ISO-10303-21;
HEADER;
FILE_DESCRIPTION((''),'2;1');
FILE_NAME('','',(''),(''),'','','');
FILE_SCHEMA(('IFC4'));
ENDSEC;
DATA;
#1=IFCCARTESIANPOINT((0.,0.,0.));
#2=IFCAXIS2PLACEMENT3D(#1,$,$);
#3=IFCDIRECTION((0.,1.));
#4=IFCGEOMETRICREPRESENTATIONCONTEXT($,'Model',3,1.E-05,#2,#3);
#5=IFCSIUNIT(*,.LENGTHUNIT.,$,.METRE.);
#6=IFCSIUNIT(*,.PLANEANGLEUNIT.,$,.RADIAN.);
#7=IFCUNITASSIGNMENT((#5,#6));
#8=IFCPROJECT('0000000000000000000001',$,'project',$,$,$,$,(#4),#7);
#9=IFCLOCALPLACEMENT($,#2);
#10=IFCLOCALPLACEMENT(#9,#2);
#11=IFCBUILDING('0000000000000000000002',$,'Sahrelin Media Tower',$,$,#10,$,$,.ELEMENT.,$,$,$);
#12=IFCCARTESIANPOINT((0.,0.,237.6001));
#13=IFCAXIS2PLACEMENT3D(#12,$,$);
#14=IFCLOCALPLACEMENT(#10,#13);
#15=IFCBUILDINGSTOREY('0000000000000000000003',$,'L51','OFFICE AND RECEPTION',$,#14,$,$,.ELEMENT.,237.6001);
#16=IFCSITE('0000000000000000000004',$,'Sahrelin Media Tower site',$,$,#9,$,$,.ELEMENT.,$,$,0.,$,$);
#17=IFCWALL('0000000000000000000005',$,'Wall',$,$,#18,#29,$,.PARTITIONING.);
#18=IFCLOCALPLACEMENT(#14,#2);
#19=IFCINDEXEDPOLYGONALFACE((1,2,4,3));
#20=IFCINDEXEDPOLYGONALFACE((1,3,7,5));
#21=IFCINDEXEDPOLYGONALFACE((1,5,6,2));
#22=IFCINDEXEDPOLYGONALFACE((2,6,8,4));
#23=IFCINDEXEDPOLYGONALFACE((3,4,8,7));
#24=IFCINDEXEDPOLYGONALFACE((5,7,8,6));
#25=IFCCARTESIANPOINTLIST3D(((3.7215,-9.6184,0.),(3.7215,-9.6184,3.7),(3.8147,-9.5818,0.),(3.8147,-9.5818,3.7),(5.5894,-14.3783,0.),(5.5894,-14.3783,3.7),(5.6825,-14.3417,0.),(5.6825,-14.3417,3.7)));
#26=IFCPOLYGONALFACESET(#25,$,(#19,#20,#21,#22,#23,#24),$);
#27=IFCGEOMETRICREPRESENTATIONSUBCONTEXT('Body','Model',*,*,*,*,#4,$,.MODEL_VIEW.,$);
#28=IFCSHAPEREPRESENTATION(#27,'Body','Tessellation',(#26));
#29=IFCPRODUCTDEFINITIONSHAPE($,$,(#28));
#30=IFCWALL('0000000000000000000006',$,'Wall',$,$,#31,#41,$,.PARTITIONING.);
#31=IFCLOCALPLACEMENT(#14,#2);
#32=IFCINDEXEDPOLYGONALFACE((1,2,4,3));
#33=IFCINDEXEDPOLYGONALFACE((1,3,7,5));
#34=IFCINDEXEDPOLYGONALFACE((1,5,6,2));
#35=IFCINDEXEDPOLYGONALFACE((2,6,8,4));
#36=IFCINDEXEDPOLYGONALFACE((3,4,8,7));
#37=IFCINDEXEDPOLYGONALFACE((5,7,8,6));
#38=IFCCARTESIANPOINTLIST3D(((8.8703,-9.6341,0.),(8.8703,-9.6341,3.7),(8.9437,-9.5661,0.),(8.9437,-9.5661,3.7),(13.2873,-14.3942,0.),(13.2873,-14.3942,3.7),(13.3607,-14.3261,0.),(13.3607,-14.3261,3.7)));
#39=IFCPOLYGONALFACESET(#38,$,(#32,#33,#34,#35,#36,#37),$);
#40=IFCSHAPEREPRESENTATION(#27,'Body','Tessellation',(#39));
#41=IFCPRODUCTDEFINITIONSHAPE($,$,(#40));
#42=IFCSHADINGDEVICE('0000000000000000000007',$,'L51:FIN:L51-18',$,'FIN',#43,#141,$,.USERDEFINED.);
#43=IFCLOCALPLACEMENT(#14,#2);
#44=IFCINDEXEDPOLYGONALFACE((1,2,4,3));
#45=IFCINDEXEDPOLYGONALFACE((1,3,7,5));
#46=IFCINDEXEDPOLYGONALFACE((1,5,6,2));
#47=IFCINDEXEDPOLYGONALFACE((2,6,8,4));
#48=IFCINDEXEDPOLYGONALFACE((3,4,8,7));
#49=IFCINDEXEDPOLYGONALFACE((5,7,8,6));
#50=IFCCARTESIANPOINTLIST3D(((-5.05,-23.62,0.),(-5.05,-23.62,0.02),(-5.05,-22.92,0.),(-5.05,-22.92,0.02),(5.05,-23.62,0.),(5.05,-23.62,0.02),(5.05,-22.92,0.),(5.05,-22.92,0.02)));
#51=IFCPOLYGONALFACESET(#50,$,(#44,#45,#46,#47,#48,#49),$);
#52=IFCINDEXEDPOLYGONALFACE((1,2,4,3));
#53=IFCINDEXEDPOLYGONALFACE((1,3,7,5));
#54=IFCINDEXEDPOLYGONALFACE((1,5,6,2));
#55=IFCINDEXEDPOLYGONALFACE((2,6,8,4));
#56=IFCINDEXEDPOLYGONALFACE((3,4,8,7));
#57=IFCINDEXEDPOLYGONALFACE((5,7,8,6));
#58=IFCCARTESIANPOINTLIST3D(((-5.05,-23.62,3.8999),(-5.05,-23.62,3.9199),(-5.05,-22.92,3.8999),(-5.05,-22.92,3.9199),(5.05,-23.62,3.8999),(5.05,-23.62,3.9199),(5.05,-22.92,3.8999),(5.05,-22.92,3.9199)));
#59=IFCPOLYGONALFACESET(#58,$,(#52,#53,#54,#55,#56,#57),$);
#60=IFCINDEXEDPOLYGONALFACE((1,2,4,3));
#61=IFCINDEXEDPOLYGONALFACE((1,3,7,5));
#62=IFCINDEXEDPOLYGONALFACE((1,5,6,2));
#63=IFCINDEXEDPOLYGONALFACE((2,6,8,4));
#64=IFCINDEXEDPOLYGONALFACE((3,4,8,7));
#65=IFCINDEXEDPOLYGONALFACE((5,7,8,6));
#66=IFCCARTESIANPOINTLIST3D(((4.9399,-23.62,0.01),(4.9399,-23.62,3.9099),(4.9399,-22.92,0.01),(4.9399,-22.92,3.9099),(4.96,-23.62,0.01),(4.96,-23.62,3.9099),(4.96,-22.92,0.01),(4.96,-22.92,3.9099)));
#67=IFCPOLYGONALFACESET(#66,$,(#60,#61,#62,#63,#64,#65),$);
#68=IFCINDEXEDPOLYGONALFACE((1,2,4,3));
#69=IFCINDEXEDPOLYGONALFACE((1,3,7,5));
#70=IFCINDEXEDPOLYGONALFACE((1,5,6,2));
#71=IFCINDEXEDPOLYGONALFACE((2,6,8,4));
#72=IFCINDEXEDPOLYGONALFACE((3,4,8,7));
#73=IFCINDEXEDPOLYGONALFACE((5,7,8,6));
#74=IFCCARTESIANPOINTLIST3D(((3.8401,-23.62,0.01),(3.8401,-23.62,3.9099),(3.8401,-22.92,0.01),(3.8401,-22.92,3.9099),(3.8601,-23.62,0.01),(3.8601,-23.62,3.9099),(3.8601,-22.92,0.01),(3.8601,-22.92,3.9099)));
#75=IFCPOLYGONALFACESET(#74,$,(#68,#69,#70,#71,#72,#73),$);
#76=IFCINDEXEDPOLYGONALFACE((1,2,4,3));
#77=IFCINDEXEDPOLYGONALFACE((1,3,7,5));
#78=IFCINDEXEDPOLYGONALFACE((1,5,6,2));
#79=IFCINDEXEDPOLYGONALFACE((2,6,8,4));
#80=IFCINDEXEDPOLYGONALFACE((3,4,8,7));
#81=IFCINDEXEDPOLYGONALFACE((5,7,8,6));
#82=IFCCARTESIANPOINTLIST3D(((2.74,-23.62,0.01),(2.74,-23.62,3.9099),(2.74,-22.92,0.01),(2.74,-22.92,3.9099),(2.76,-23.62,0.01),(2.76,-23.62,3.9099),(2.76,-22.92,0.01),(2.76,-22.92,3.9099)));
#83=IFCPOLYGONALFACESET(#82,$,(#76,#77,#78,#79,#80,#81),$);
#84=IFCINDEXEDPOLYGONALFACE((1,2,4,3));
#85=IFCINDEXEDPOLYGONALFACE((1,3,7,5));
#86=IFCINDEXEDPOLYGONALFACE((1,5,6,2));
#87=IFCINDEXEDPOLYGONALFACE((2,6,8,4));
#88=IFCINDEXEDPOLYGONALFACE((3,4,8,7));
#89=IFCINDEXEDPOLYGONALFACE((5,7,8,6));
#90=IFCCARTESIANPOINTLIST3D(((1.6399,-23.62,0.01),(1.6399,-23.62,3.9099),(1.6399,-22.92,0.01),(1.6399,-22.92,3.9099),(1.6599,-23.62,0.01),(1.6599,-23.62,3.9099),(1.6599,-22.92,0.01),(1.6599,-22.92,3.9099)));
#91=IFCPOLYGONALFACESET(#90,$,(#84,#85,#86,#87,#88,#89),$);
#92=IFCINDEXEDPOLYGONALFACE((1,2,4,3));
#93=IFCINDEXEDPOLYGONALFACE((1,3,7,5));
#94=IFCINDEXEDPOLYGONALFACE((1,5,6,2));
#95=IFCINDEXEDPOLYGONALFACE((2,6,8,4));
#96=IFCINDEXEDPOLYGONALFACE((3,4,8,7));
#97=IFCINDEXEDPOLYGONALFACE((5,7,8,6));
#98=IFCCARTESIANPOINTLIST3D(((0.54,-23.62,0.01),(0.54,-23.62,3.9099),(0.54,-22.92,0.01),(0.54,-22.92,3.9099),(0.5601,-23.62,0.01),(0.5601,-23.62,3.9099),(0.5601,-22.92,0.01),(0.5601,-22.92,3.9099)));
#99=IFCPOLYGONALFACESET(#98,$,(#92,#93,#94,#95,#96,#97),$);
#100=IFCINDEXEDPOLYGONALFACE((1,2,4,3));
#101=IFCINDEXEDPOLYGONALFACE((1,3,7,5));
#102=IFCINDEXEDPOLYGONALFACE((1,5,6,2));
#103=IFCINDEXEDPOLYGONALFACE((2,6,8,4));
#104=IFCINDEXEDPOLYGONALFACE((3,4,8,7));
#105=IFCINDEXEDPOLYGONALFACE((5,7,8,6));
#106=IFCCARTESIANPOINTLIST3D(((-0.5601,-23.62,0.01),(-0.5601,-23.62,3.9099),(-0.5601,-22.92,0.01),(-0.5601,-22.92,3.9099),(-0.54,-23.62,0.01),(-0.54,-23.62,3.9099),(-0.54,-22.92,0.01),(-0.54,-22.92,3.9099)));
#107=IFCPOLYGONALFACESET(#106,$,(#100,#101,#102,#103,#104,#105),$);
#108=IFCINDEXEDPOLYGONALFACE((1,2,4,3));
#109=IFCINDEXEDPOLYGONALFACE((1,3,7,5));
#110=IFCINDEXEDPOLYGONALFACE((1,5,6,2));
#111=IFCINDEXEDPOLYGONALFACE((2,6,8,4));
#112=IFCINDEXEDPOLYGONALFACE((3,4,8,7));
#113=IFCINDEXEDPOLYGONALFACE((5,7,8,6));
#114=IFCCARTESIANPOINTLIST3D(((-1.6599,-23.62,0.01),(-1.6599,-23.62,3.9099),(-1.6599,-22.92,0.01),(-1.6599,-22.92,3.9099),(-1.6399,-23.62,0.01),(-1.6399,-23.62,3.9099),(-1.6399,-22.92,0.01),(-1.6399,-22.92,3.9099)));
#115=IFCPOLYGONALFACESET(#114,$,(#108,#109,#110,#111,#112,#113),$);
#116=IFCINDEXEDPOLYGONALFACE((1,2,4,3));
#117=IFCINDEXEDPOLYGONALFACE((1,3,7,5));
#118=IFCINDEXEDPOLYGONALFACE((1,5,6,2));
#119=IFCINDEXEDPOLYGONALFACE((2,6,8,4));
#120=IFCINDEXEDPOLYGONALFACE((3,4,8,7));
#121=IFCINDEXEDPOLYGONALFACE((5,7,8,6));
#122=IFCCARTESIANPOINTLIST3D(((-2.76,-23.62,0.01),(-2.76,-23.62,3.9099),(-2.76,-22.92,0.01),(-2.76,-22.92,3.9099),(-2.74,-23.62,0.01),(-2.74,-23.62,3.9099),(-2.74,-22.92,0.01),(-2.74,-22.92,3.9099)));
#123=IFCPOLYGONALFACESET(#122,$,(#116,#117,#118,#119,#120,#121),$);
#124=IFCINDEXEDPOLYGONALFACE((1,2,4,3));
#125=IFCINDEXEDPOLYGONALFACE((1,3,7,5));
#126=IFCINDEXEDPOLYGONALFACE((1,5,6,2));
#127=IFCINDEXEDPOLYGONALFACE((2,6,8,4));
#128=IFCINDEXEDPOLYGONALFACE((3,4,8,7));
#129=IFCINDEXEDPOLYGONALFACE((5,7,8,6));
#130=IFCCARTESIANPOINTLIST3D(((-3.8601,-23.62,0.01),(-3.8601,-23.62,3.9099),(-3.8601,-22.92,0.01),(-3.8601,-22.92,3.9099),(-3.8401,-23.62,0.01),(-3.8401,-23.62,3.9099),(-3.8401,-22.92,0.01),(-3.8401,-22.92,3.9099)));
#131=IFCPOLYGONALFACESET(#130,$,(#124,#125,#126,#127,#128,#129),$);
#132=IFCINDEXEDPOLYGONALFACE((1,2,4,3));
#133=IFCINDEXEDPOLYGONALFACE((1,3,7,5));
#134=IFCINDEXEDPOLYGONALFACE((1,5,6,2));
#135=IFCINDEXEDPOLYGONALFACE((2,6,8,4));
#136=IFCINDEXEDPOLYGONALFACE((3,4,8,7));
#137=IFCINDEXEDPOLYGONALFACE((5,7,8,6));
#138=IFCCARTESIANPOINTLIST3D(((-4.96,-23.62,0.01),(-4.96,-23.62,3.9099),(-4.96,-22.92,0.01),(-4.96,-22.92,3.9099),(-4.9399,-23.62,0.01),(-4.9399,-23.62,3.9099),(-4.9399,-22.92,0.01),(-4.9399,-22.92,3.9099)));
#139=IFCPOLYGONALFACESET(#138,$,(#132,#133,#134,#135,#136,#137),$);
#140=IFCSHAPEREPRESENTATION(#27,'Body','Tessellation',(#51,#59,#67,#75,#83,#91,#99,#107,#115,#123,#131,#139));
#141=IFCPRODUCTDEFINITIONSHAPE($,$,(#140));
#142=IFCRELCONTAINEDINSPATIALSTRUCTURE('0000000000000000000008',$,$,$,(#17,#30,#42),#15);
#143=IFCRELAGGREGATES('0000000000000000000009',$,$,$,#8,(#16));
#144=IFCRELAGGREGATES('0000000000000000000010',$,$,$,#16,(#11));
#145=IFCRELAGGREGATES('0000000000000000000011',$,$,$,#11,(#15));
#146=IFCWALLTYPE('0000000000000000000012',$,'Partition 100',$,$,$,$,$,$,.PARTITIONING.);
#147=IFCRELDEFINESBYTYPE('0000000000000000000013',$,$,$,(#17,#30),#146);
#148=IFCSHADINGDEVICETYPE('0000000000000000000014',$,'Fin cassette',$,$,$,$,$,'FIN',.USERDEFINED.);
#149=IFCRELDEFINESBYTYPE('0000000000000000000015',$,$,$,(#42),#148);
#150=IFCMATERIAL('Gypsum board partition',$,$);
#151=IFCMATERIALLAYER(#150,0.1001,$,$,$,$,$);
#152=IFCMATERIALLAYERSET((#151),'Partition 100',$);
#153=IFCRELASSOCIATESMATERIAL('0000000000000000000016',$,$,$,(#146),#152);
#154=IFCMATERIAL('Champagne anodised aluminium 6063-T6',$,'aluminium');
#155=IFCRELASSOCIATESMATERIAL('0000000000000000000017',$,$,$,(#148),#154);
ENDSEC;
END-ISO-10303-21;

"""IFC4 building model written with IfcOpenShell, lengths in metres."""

from ifc_helpers import new_model, si_unit, direction, frame, frame_2d, origin, origin_2d, place, context, subcontext, project, spatial, rectangle, extrude, material, layer, layer_set, type_object, element, save


model = new_model("IFC4")

# Units and contexts
model_context = context("Model", 3, precision=1e-05, world=origin(), true_north=direction((0.0, 1.0)))
body_context = subcontext(model_context, "Body", "Model", "MODEL_VIEW")
ifc_project = project(units=[si_unit("LENGTHUNIT", "METRE"), si_unit("PLANEANGLEUNIT", "RADIAN")], contexts=[model_context])

# Site, building, storey
site_placement = place(None, origin())
site = spatial("IfcSite", under=ifc_project, at=site_placement, Name="Sahrelin Media Tower site", CompositionType="ELEMENT", RefElevation=0.0)
building_placement = place(site_placement, origin())
building = spatial("IfcBuilding", under=site, at=building_placement, Name="Sahrelin Media Tower", CompositionType="ELEMENT")
storey_placement = place(building_placement, frame((0.0, 0.0, 237.6001)))
storey = spatial("IfcBuildingStorey", under=building, at=storey_placement, Name="L51", Description="OFFICE AND RECEPTION", CompositionType="ELEMENT", Elevation=237.6001)

# Shared definitions
ifc_material_1 = material(Name="Champagne anodised aluminium 6063-T6", Category="aluminium")

# Walls
ifc_material_2 = material(Name="Gypsum board partition")
ifc_layer_1 = layer(ifc_material_2, 0.1001)
ifc_layer_set_1 = layer_set([ifc_layer_1], Name="Partition 100")
wall_type_1 = type_object("IfcWallType", Name="Partition 100", PredefinedType="PARTITIONING", material=ifc_layer_set_1)
wall_1_placement = place(storey_placement, frame((3.7681, -9.6001, 0.0), z_axis=(0.0, 0.0, 1.0), x_axis=(0.365299, -0.93089, 0.0)))
element("IfcWall", 1, at=wall_1_placement, inside=storey, type_object=wall_type_1, Name="Wall", PredefinedType="PARTITIONING", context=body_context, shape_type="SweptSolid", body=[
    extrude(rectangle(XDim=5.1133, YDim=0.1001, at=frame_2d((2.5566, 0.0))), origin(), (0.0, 0.0, 1.0), 3.7),
])
wall_2_placement = place(storey_placement, frame((8.907, -9.6001, 0.0), z_axis=(0.0, 0.0, 1.0), x_axis=(0.680202, -0.733025, 0.0)))
element("IfcWall", 2, at=wall_2_placement, inside=storey, type_object=wall_type_1, Name="Wall", PredefinedType="PARTITIONING", context=body_context, shape_type="SweptSolid", body=[
    extrude(rectangle(XDim=6.4937, YDim=0.1001, at=frame_2d((3.2468, 0.0))), origin(), (0.0, 0.0, 1.0), 3.7),
])

# Shading device
shading_device_type_1 = type_object("IfcShadingDeviceType", Name="Fin cassette", ElementType="FIN", PredefinedType="USERDEFINED", material=ifc_material_1)
placement_1 = place(storey_placement, frame((0.0, -22.8501, 0.0), z_axis=(0.0, 0.0, 1.0), x_axis=(-1.0, 0.0, 0.0)))
element("IfcShadingDevice", 3, at=placement_1, inside=storey, type_object=shading_device_type_1, Name="L51:FIN:L51-18", ObjectType="FIN", PredefinedType="USERDEFINED", context=body_context, shape_type="SweptSolid", body=[
    extrude(rectangle(XDim=10.1001, YDim=0.7, at=origin_2d()), frame((0.0, 0.4199, 0.0)), (0.0, 0.0, 1.0), 0.02),
    extrude(rectangle(XDim=10.1001, YDim=0.7, at=origin_2d()), frame((0.0, 0.4199, 3.8999)), (0.0, 0.0, 1.0), 0.02),
    extrude(rectangle(XDim=0.02, YDim=0.7, at=origin_2d()), frame((-4.95, 0.4199, 0.01), z_axis=(0.0, 0.0, 1.0), x_axis=(1.0, 0.0, 0.0)), (0.0, 0.0, 1.0), 3.8999),
    extrude(rectangle(XDim=0.02, YDim=0.7, at=origin_2d()), frame((-3.8501, 0.4199, 0.01), z_axis=(0.0, 0.0, 1.0), x_axis=(1.0, 0.0, 0.0)), (0.0, 0.0, 1.0), 3.8999),
    extrude(rectangle(XDim=0.02, YDim=0.7, at=origin_2d()), frame((-2.75, 0.4199, 0.01), z_axis=(0.0, 0.0, 1.0), x_axis=(1.0, 0.0, 0.0)), (0.0, 0.0, 1.0), 3.8999),
    extrude(rectangle(XDim=0.02, YDim=0.7, at=origin_2d()), frame((-1.6499, 0.4199, 0.01), z_axis=(0.0, 0.0, 1.0), x_axis=(1.0, 0.0, 0.0)), (0.0, 0.0, 1.0), 3.8999),
    extrude(rectangle(XDim=0.02, YDim=0.7, at=origin_2d()), frame((-0.55, 0.4199, 0.01), z_axis=(0.0, 0.0, 1.0), x_axis=(1.0, 0.0, 0.0)), (0.0, 0.0, 1.0), 3.8999),
    extrude(rectangle(XDim=0.02, YDim=0.7, at=origin_2d()), frame((0.55, 0.4199, 0.01), z_axis=(0.0, 0.0, 1.0), x_axis=(1.0, 0.0, 0.0)), (0.0, 0.0, 1.0), 3.8999),
    extrude(rectangle(XDim=0.02, YDim=0.7, at=origin_2d()), frame((1.6499, 0.4199, 0.01), z_axis=(0.0, 0.0, 1.0), x_axis=(1.0, 0.0, 0.0)), (0.0, 0.0, 1.0), 3.8999),
    extrude(rectangle(XDim=0.02, YDim=0.7, at=origin_2d()), frame((2.75, 0.4199, 0.01), z_axis=(0.0, 0.0, 1.0), x_axis=(1.0, 0.0, 0.0)), (0.0, 0.0, 1.0), 3.8999),
    extrude(rectangle(XDim=0.02, YDim=0.7, at=origin_2d()), frame((3.8501, 0.4199, 0.01), z_axis=(0.0, 0.0, 1.0), x_axis=(1.0, 0.0, 0.0)), (0.0, 0.0, 1.0), 3.8999),
    extrude(rectangle(XDim=0.02, YDim=0.7, at=origin_2d()), frame((4.95, 0.4199, 0.01), z_axis=(0.0, 0.0, 1.0), x_axis=(1.0, 0.0, 0.0)), (0.0, 0.0, 1.0), 3.8999),
])

save(model, "model.ifc")
